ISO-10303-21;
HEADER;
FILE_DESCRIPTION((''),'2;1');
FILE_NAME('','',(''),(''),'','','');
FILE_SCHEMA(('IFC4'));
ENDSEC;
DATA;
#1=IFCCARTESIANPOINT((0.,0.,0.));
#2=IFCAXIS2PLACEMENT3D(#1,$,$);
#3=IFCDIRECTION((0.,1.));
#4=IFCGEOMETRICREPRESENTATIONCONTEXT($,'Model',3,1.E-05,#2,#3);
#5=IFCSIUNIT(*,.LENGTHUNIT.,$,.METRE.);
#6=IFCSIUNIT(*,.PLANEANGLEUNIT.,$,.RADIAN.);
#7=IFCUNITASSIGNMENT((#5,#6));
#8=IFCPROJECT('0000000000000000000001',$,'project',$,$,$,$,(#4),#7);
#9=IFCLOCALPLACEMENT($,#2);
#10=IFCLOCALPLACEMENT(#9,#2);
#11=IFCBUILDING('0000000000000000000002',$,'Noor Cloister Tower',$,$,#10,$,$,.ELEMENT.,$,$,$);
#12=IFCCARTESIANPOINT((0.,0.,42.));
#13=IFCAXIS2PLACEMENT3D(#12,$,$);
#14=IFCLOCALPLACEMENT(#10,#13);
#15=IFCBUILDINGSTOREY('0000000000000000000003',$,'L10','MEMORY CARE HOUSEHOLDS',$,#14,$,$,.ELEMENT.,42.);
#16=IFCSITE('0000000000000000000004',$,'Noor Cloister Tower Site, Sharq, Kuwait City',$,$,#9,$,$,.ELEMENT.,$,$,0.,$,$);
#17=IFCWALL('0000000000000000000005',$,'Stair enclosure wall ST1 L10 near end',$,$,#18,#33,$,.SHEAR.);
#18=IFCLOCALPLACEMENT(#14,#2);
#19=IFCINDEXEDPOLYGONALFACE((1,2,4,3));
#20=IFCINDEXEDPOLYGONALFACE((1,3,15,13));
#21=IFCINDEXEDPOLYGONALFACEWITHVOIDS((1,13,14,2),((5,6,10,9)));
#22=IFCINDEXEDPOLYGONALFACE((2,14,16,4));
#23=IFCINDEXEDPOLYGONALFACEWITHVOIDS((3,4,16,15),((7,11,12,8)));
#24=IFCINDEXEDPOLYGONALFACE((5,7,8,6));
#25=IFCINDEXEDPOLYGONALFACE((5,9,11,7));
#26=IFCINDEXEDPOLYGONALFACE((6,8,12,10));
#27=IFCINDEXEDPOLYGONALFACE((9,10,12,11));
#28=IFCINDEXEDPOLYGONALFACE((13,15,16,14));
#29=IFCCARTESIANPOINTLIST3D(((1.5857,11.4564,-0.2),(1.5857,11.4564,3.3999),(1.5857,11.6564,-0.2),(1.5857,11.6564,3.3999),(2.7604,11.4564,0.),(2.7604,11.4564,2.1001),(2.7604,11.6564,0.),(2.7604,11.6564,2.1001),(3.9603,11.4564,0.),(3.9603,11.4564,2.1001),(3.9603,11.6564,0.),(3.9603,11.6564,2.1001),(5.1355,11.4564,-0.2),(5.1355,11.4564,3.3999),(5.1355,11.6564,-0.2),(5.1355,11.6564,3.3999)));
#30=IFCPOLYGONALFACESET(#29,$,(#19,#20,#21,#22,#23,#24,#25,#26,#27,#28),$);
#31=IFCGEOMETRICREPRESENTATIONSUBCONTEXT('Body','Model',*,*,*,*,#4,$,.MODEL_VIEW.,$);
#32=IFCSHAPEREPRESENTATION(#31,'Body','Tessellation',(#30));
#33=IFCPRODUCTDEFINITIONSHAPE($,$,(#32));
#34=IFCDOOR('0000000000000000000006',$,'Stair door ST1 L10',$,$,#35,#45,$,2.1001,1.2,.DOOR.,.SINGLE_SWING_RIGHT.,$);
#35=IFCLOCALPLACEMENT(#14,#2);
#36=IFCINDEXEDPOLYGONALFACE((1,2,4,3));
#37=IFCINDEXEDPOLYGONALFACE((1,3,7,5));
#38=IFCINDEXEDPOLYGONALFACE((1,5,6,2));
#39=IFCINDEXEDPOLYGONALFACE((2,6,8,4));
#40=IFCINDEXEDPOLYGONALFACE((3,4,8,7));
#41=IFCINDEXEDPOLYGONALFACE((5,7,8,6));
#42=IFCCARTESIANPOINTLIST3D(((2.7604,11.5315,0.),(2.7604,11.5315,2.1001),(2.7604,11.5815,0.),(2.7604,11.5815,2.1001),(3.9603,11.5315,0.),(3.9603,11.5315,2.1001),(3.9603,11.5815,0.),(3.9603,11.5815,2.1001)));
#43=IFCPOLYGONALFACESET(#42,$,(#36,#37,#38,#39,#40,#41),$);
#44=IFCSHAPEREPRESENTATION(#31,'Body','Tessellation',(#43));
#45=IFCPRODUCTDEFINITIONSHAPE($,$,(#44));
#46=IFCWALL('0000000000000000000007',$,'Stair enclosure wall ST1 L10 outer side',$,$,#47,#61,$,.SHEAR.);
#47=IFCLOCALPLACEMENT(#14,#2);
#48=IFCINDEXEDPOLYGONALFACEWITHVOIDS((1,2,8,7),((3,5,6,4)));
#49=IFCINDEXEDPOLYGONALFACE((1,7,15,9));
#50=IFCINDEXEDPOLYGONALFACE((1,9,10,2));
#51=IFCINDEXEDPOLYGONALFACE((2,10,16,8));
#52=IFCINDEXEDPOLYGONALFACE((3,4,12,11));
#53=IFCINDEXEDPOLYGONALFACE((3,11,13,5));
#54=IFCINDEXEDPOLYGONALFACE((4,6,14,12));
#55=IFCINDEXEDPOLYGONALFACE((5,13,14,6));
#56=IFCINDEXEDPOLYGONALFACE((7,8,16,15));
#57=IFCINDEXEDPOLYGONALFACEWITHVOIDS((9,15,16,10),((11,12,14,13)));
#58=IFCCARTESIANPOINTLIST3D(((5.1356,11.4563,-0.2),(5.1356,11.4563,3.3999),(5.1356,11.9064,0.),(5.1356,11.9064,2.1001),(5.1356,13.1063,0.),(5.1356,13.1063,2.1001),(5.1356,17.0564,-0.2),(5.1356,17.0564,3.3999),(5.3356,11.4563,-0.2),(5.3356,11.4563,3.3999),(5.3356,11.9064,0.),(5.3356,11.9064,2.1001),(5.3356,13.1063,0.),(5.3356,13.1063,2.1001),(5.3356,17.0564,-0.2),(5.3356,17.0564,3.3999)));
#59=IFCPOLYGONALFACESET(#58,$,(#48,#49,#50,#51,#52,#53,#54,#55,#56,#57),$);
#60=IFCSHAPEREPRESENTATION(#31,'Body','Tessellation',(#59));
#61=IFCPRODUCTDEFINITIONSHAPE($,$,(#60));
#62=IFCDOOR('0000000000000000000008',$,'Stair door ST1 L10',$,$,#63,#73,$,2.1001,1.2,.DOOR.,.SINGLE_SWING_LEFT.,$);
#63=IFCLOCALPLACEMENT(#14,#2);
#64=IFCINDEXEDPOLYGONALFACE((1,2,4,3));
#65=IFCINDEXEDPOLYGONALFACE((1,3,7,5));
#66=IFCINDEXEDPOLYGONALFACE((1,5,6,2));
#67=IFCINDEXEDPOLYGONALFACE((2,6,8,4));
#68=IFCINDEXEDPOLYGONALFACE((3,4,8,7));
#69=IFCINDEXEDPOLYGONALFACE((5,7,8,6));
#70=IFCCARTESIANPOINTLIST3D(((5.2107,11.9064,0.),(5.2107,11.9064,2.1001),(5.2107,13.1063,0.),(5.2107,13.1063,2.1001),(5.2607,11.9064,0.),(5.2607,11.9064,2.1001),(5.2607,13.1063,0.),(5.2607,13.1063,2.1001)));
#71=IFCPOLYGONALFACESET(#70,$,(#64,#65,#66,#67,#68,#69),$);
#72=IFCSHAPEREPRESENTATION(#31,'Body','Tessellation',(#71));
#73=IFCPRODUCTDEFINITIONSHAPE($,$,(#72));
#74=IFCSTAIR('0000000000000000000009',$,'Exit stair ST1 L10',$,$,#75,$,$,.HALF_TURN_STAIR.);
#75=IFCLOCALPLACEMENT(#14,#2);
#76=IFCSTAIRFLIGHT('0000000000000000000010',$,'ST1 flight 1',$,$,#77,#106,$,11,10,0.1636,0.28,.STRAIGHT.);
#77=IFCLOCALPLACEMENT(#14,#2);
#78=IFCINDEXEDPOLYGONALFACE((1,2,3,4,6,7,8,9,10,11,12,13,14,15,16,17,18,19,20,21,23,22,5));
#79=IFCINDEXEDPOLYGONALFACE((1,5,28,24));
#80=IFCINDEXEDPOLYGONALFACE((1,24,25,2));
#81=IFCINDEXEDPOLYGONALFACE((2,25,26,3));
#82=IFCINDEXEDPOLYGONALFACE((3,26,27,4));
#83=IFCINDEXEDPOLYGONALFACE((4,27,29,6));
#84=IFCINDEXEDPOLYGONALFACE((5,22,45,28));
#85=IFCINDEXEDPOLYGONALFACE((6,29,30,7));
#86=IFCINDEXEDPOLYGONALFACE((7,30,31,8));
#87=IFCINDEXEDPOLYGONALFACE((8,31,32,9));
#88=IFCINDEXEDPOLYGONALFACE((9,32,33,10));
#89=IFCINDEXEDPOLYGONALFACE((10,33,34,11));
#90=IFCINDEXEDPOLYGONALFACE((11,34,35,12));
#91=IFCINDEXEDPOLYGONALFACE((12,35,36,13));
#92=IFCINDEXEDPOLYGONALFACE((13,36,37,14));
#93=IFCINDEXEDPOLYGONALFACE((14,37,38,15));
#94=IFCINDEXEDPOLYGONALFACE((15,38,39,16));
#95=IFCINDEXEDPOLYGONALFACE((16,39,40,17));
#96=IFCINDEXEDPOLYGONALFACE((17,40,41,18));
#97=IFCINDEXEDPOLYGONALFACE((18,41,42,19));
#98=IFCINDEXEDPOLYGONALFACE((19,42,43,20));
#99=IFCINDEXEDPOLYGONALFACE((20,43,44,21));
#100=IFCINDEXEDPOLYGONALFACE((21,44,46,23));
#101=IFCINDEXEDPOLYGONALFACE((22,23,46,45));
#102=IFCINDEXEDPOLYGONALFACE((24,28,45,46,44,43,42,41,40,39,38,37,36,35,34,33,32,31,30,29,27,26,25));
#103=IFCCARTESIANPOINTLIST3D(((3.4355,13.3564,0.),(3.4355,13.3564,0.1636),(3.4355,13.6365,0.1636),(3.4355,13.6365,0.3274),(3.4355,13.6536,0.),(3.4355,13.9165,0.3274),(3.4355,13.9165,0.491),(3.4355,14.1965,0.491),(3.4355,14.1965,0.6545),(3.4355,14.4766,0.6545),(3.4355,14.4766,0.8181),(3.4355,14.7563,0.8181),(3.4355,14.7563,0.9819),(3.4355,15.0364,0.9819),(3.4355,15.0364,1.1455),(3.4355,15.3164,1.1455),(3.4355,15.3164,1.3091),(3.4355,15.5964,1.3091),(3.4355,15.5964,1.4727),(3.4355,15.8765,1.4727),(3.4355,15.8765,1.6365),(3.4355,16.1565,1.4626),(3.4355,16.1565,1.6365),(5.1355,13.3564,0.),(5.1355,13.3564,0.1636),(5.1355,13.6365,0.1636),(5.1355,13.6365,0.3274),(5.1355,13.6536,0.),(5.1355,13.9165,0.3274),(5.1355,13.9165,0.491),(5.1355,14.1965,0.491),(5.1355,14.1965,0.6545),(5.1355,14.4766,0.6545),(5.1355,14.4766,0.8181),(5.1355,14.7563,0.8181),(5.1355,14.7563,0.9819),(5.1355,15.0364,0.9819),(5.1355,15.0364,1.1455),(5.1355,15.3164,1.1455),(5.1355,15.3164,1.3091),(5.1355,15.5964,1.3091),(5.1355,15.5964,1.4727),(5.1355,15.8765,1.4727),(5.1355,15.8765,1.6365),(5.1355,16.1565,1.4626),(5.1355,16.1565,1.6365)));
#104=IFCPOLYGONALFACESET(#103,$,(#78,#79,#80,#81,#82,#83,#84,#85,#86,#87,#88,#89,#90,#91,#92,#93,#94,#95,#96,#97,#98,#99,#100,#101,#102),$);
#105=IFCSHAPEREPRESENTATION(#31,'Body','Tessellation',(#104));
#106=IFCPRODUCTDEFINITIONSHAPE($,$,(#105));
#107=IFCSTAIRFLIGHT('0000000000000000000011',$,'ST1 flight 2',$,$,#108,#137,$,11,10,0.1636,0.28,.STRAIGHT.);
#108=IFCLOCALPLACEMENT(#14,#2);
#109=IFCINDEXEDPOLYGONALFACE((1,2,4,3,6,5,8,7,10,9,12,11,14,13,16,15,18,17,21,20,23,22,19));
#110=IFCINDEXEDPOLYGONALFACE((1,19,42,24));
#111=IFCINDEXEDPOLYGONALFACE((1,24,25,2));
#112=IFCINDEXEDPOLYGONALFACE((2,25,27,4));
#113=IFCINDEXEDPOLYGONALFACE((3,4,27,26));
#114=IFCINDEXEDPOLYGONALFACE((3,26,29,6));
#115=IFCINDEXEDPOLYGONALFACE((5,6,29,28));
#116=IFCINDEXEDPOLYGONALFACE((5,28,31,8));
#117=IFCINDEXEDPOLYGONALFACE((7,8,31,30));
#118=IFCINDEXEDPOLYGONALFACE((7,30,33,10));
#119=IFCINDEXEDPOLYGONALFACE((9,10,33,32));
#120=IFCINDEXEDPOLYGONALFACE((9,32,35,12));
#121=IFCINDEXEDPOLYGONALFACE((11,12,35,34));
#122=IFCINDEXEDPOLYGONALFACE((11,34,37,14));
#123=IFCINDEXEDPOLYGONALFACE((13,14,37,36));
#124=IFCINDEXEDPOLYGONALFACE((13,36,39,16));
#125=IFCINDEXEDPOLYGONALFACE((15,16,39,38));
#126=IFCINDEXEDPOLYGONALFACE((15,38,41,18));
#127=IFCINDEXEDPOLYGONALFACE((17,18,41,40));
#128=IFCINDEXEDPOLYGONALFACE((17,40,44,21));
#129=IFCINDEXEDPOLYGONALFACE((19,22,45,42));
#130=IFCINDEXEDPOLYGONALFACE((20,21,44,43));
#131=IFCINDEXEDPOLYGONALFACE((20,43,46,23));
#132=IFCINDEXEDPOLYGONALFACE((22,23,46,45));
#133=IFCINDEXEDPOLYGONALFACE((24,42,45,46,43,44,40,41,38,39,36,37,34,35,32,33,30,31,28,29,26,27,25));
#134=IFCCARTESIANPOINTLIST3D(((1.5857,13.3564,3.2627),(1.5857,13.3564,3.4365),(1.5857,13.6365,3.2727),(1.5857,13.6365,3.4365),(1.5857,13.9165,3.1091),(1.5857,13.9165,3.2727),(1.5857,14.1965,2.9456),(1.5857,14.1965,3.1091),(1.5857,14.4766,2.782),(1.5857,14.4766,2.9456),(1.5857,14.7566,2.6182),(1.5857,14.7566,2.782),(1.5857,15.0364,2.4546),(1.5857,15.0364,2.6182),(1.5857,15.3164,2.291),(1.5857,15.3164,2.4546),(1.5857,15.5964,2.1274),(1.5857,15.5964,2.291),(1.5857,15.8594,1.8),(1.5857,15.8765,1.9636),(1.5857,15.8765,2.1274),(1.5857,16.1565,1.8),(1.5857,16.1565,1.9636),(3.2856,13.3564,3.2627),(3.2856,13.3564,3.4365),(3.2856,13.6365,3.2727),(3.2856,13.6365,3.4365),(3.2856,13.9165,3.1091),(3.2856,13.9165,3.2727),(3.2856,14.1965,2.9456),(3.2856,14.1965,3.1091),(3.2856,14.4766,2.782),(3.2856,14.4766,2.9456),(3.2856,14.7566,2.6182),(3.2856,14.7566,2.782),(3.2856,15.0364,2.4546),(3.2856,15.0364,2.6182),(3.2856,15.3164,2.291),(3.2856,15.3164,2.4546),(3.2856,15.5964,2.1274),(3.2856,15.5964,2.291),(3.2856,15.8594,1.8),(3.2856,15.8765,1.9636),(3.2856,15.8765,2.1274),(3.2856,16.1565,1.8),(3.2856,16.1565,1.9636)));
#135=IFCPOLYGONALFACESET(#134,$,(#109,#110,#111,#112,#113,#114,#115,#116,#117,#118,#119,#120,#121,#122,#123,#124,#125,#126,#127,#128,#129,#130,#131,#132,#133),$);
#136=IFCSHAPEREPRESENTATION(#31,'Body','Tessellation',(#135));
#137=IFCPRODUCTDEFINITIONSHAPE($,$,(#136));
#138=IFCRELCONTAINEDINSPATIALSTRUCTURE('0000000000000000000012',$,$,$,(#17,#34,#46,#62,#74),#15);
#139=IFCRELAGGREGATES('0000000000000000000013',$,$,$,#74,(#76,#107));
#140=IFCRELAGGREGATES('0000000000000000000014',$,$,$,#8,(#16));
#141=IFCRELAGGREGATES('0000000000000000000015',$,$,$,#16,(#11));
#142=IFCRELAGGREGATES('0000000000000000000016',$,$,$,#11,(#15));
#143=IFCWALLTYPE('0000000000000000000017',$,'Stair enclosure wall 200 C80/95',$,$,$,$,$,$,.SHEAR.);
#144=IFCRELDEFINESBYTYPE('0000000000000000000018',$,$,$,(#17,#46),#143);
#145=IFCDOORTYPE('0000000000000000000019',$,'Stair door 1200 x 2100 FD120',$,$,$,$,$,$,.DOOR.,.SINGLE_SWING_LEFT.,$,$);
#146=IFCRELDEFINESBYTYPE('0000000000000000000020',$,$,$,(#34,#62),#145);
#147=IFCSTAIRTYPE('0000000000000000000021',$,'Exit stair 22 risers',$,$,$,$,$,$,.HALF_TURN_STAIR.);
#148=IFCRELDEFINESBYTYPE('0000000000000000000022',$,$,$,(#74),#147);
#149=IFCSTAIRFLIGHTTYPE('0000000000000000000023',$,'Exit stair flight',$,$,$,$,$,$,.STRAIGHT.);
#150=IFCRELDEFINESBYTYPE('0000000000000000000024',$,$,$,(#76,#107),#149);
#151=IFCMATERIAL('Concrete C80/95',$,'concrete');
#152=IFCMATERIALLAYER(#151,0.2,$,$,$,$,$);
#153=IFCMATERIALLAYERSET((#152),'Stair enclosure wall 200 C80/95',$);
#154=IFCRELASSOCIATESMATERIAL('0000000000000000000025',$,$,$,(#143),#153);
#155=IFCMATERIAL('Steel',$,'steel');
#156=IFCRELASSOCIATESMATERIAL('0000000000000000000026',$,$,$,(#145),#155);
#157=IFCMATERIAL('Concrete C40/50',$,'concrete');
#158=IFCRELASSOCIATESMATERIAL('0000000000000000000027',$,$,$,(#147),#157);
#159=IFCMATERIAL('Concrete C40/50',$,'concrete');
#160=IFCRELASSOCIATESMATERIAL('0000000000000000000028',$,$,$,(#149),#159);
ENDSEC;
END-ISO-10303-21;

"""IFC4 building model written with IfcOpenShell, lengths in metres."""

from ifc_helpers import new_model, si_unit, direction, frame, frame_2d, origin, place, context, subcontext, project, spatial, polyline, rectangle, outline, extrude, material, layer, layer_set, type_object, element, fill, aggregate, save


model = new_model("IFC4")

# Units and contexts
model_context = context("Model", 3, precision=1e-05, world=origin(), true_north=direction((0.0, 1.0)))
body_context = subcontext(model_context, "Body", "Model", "MODEL_VIEW")
ifc_project = project(units=[si_unit("LENGTHUNIT", "METRE"), si_unit("PLANEANGLEUNIT", "RADIAN")], contexts=[model_context])

# Site, building, storey
site_placement = place(None, origin())
site = spatial("IfcSite", under=ifc_project, at=site_placement, Name="Noor Cloister Tower Site, Sharq, Kuwait City", CompositionType="ELEMENT", RefElevation=0.0)
building_placement = place(site_placement, origin())
building = spatial("IfcBuilding", under=site, at=building_placement, Name="Noor Cloister Tower", CompositionType="ELEMENT")
storey_placement = place(building_placement, frame((0.0, 0.0, 42.0)))
storey = spatial("IfcBuildingStorey", under=building, at=storey_placement, Name="L10", Description="MEMORY CARE HOUSEHOLDS", CompositionType="ELEMENT", Elevation=42.0)

# Walls, openings, doors
ifc_material_1 = material(Name="Concrete C80/95", Category="concrete")
ifc_layer_1 = layer(ifc_material_1, 0.2)
ifc_layer_set_1 = layer_set([ifc_layer_1], Name="Stair enclosure wall 200 C80/95")
wall_type_1 = type_object("IfcWallType", Name="Stair enclosure wall 200 C80/95", PredefinedType="SHEAR", material=ifc_layer_set_1)
wall_1_placement = place(storey_placement, frame((5.1355, 11.5564, -0.2), z_axis=(0.0, 0.0, 1.0), x_axis=(-1.0, 0.0, 0.0)))
wall_1 = element("IfcWall", 1, at=wall_1_placement, inside=storey, type_object=wall_type_1, Name="Stair enclosure wall ST1 L10 near end", PredefinedType="SHEAR", context=body_context, shape_type="SweptSolid", body=[
    extrude(rectangle(XDim=3.5498, YDim=0.2, at=frame_2d((1.7749, 0.0))), origin(), (0.0, 0.0, 1.0), 3.5999),
])
opening_1_placement = place(wall_1_placement, frame((1.175, 0.0, 0.2)))
opening_1 = element("IfcOpeningElement", 2, at=opening_1_placement, cuts=wall_1, PredefinedType="OPENING", context=body_context, shape_type="SweptSolid", body=[
    extrude(rectangle(XDim=1.2, YDim=2.1001, at=frame_2d((0.6001, 1.05))), frame((0.0, 0.1099, 0.0), z_axis=(0.0, -1.0, 0.0), x_axis=(1.0, 0.0, 0.0)), (0.0, 0.0, 1.0), 0.22),
])
ifc_material_2 = material(Name="Steel", Category="steel")
door_type_1 = type_object("IfcDoorType", Name="Stair door 1200 x 2100 FD120", OperationType="SINGLE_SWING_LEFT", PredefinedType="DOOR", material=ifc_material_2)
door_1_placement = place(opening_1_placement, origin())
door_1 = element("IfcDoor", 3, at=door_1_placement, inside=storey, type_object=door_type_1, Name="Stair door ST1 L10", OperationType="SINGLE_SWING_RIGHT", OverallHeight=2.1001, OverallWidth=1.2, PredefinedType="DOOR", context=body_context, shape_type="SweptSolid", body=[
    extrude(rectangle(XDim=1.2, YDim=2.1001, at=frame_2d((0.6001, 1.05))), frame((0.0, 0.0249, 0.0), z_axis=(0.0, -1.0, 0.0), x_axis=(1.0, 0.0, 0.0)), (0.0, 0.0, 1.0), 0.05),
])
fill(opening_1, door_1)
wall_2_placement = place(storey_placement, frame((5.2356, 11.4563, -0.2), z_axis=(0.0, 0.0, 1.0), x_axis=(0.0, 1.0, 0.0)))
wall_2 = element("IfcWall", 4, at=wall_2_placement, inside=storey, type_object=wall_type_1, Name="Stair enclosure wall ST1 L10 outer side", PredefinedType="SHEAR", context=body_context, shape_type="SweptSolid", body=[
    extrude(rectangle(XDim=5.6001, YDim=0.2, at=frame_2d((2.8, 0.0))), origin(), (0.0, 0.0, 1.0), 3.5999),
])
opening_2_placement = place(wall_2_placement, frame((0.45, 0.0, 0.2)))
opening_2 = element("IfcOpeningElement", 5, at=opening_2_placement, cuts=wall_2, PredefinedType="OPENING", context=body_context, shape_type="SweptSolid", body=[
    extrude(rectangle(XDim=1.2, YDim=2.1001, at=frame_2d((0.6001, 1.05))), frame((0.0, 0.1099, 0.0), z_axis=(0.0, -1.0, 0.0), x_axis=(1.0, 0.0, 0.0)), (0.0, 0.0, 1.0), 0.22),
])
door_2_placement = place(opening_2_placement, origin())
door_2 = element("IfcDoor", 6, at=door_2_placement, inside=storey, type_object=door_type_1, Name="Stair door ST1 L10", OperationType="SINGLE_SWING_LEFT", OverallHeight=2.1001, OverallWidth=1.2, PredefinedType="DOOR", context=body_context, shape_type="SweptSolid", body=[
    extrude(rectangle(XDim=1.2, YDim=2.1001, at=frame_2d((0.6001, 1.05))), frame((0.0, 0.0249, 0.0), z_axis=(0.0, -1.0, 0.0), x_axis=(1.0, 0.0, 0.0)), (0.0, 0.0, 1.0), 0.05),
])
fill(opening_2, door_2)

# Stair, stair flights
ifc_material_3 = material(Name="Concrete C40/50", Category="concrete")
stair_type = type_object("IfcStairType", Name="Exit stair 22 risers", PredefinedType="HALF_TURN_STAIR", material=ifc_material_3)
stair_placement = place(storey_placement, origin())
stair = element("IfcStair", 7, at=stair_placement, inside=storey, type_object=stair_type, Name="Exit stair ST1 L10", PredefinedType="HALF_TURN_STAIR")
ifc_material_4 = material(Name="Concrete C40/50", Category="concrete")
stair_flight_type = type_object("IfcStairFlightType", Name="Exit stair flight", PredefinedType="STRAIGHT", material=ifc_material_4)
stair_flight_1_placement = place(storey_placement, frame((4.2856, 13.3564, 0.0), z_axis=(0.0, 0.0, 1.0), x_axis=(0.0, 1.0, 0.0)))
stair_flight_1 = element("IfcStairFlight", 8, at=stair_flight_1_placement, type_object=stair_flight_type, Name="ST1 flight 1", NumberOfRisers=11, NumberOfTreads=10, PredefinedType="STRAIGHT", RiserHeight=0.1636, TreadLength=0.28, context=body_context, shape_type="SweptSolid", body=[
    extrude(outline(polyline([(0.0, 0.0), (0.0, 0.1636), (0.28, 0.1636), (0.28, 0.3274), (0.5601, 0.3274), (0.5601, 0.491), (0.8401, 0.491), (0.8401, 0.6545), (1.1201, 0.6545), (1.1201, 0.8181), (1.3999, 0.8181), (1.3999, 0.9819), (1.6799, 0.9819), (1.6799, 1.1455), (1.96, 1.1455), (1.96, 1.3091), (2.24, 1.3091), (2.24, 1.4727), (2.52, 1.4727), (2.52, 1.6365), (2.8, 1.6365), (2.8, 1.8), (2.8, 1.4626), (0.2971, 0.0), (0.0, 0.0)])), frame((0.0, 0.8501, 0.0), z_axis=(0.0, -1.0, 0.0), x_axis=(1.0, 0.0, 0.0)), (0.0, 0.0, 1.0), 1.7),
])
stair_flight_2_placement = place(storey_placement, frame((2.4355, 16.1565, 1.8), z_axis=(0.0, 0.0, 1.0), x_axis=(0.0, -1.0, 0.0)))
stair_flight_2 = element("IfcStairFlight", 9, at=stair_flight_2_placement, type_object=stair_flight_type, Name="ST1 flight 2", NumberOfRisers=11, NumberOfTreads=10, PredefinedType="STRAIGHT", RiserHeight=0.1636, TreadLength=0.28, context=body_context, shape_type="SweptSolid", body=[
    extrude(outline(polyline([(0.0, 0.0), (0.0, 0.1636), (0.28, 0.1636), (0.28, 0.3274), (0.5601, 0.3274), (0.5601, 0.491), (0.8401, 0.491), (0.8401, 0.6545), (1.1201, 0.6545), (1.1201, 0.8181), (1.3999, 0.8181), (1.3999, 0.9819), (1.6799, 0.9819), (1.6799, 1.1455), (1.96, 1.1455), (1.96, 1.3091), (2.24, 1.3091), (2.24, 1.4727), (2.52, 1.4727), (2.52, 1.6365), (2.8, 1.6365), (2.8, 1.8), (2.8, 1.4626), (0.2971, 0.0), (0.0, 0.0)])), frame((0.0, 0.8501, 0.0), z_axis=(0.0, -1.0, 0.0), x_axis=(1.0, 0.0, 0.0)), (0.0, 0.0, 1.0), 1.7),
])
aggregate(stair, [stair_flight_1, stair_flight_2])

save(model, "model.ifc")
